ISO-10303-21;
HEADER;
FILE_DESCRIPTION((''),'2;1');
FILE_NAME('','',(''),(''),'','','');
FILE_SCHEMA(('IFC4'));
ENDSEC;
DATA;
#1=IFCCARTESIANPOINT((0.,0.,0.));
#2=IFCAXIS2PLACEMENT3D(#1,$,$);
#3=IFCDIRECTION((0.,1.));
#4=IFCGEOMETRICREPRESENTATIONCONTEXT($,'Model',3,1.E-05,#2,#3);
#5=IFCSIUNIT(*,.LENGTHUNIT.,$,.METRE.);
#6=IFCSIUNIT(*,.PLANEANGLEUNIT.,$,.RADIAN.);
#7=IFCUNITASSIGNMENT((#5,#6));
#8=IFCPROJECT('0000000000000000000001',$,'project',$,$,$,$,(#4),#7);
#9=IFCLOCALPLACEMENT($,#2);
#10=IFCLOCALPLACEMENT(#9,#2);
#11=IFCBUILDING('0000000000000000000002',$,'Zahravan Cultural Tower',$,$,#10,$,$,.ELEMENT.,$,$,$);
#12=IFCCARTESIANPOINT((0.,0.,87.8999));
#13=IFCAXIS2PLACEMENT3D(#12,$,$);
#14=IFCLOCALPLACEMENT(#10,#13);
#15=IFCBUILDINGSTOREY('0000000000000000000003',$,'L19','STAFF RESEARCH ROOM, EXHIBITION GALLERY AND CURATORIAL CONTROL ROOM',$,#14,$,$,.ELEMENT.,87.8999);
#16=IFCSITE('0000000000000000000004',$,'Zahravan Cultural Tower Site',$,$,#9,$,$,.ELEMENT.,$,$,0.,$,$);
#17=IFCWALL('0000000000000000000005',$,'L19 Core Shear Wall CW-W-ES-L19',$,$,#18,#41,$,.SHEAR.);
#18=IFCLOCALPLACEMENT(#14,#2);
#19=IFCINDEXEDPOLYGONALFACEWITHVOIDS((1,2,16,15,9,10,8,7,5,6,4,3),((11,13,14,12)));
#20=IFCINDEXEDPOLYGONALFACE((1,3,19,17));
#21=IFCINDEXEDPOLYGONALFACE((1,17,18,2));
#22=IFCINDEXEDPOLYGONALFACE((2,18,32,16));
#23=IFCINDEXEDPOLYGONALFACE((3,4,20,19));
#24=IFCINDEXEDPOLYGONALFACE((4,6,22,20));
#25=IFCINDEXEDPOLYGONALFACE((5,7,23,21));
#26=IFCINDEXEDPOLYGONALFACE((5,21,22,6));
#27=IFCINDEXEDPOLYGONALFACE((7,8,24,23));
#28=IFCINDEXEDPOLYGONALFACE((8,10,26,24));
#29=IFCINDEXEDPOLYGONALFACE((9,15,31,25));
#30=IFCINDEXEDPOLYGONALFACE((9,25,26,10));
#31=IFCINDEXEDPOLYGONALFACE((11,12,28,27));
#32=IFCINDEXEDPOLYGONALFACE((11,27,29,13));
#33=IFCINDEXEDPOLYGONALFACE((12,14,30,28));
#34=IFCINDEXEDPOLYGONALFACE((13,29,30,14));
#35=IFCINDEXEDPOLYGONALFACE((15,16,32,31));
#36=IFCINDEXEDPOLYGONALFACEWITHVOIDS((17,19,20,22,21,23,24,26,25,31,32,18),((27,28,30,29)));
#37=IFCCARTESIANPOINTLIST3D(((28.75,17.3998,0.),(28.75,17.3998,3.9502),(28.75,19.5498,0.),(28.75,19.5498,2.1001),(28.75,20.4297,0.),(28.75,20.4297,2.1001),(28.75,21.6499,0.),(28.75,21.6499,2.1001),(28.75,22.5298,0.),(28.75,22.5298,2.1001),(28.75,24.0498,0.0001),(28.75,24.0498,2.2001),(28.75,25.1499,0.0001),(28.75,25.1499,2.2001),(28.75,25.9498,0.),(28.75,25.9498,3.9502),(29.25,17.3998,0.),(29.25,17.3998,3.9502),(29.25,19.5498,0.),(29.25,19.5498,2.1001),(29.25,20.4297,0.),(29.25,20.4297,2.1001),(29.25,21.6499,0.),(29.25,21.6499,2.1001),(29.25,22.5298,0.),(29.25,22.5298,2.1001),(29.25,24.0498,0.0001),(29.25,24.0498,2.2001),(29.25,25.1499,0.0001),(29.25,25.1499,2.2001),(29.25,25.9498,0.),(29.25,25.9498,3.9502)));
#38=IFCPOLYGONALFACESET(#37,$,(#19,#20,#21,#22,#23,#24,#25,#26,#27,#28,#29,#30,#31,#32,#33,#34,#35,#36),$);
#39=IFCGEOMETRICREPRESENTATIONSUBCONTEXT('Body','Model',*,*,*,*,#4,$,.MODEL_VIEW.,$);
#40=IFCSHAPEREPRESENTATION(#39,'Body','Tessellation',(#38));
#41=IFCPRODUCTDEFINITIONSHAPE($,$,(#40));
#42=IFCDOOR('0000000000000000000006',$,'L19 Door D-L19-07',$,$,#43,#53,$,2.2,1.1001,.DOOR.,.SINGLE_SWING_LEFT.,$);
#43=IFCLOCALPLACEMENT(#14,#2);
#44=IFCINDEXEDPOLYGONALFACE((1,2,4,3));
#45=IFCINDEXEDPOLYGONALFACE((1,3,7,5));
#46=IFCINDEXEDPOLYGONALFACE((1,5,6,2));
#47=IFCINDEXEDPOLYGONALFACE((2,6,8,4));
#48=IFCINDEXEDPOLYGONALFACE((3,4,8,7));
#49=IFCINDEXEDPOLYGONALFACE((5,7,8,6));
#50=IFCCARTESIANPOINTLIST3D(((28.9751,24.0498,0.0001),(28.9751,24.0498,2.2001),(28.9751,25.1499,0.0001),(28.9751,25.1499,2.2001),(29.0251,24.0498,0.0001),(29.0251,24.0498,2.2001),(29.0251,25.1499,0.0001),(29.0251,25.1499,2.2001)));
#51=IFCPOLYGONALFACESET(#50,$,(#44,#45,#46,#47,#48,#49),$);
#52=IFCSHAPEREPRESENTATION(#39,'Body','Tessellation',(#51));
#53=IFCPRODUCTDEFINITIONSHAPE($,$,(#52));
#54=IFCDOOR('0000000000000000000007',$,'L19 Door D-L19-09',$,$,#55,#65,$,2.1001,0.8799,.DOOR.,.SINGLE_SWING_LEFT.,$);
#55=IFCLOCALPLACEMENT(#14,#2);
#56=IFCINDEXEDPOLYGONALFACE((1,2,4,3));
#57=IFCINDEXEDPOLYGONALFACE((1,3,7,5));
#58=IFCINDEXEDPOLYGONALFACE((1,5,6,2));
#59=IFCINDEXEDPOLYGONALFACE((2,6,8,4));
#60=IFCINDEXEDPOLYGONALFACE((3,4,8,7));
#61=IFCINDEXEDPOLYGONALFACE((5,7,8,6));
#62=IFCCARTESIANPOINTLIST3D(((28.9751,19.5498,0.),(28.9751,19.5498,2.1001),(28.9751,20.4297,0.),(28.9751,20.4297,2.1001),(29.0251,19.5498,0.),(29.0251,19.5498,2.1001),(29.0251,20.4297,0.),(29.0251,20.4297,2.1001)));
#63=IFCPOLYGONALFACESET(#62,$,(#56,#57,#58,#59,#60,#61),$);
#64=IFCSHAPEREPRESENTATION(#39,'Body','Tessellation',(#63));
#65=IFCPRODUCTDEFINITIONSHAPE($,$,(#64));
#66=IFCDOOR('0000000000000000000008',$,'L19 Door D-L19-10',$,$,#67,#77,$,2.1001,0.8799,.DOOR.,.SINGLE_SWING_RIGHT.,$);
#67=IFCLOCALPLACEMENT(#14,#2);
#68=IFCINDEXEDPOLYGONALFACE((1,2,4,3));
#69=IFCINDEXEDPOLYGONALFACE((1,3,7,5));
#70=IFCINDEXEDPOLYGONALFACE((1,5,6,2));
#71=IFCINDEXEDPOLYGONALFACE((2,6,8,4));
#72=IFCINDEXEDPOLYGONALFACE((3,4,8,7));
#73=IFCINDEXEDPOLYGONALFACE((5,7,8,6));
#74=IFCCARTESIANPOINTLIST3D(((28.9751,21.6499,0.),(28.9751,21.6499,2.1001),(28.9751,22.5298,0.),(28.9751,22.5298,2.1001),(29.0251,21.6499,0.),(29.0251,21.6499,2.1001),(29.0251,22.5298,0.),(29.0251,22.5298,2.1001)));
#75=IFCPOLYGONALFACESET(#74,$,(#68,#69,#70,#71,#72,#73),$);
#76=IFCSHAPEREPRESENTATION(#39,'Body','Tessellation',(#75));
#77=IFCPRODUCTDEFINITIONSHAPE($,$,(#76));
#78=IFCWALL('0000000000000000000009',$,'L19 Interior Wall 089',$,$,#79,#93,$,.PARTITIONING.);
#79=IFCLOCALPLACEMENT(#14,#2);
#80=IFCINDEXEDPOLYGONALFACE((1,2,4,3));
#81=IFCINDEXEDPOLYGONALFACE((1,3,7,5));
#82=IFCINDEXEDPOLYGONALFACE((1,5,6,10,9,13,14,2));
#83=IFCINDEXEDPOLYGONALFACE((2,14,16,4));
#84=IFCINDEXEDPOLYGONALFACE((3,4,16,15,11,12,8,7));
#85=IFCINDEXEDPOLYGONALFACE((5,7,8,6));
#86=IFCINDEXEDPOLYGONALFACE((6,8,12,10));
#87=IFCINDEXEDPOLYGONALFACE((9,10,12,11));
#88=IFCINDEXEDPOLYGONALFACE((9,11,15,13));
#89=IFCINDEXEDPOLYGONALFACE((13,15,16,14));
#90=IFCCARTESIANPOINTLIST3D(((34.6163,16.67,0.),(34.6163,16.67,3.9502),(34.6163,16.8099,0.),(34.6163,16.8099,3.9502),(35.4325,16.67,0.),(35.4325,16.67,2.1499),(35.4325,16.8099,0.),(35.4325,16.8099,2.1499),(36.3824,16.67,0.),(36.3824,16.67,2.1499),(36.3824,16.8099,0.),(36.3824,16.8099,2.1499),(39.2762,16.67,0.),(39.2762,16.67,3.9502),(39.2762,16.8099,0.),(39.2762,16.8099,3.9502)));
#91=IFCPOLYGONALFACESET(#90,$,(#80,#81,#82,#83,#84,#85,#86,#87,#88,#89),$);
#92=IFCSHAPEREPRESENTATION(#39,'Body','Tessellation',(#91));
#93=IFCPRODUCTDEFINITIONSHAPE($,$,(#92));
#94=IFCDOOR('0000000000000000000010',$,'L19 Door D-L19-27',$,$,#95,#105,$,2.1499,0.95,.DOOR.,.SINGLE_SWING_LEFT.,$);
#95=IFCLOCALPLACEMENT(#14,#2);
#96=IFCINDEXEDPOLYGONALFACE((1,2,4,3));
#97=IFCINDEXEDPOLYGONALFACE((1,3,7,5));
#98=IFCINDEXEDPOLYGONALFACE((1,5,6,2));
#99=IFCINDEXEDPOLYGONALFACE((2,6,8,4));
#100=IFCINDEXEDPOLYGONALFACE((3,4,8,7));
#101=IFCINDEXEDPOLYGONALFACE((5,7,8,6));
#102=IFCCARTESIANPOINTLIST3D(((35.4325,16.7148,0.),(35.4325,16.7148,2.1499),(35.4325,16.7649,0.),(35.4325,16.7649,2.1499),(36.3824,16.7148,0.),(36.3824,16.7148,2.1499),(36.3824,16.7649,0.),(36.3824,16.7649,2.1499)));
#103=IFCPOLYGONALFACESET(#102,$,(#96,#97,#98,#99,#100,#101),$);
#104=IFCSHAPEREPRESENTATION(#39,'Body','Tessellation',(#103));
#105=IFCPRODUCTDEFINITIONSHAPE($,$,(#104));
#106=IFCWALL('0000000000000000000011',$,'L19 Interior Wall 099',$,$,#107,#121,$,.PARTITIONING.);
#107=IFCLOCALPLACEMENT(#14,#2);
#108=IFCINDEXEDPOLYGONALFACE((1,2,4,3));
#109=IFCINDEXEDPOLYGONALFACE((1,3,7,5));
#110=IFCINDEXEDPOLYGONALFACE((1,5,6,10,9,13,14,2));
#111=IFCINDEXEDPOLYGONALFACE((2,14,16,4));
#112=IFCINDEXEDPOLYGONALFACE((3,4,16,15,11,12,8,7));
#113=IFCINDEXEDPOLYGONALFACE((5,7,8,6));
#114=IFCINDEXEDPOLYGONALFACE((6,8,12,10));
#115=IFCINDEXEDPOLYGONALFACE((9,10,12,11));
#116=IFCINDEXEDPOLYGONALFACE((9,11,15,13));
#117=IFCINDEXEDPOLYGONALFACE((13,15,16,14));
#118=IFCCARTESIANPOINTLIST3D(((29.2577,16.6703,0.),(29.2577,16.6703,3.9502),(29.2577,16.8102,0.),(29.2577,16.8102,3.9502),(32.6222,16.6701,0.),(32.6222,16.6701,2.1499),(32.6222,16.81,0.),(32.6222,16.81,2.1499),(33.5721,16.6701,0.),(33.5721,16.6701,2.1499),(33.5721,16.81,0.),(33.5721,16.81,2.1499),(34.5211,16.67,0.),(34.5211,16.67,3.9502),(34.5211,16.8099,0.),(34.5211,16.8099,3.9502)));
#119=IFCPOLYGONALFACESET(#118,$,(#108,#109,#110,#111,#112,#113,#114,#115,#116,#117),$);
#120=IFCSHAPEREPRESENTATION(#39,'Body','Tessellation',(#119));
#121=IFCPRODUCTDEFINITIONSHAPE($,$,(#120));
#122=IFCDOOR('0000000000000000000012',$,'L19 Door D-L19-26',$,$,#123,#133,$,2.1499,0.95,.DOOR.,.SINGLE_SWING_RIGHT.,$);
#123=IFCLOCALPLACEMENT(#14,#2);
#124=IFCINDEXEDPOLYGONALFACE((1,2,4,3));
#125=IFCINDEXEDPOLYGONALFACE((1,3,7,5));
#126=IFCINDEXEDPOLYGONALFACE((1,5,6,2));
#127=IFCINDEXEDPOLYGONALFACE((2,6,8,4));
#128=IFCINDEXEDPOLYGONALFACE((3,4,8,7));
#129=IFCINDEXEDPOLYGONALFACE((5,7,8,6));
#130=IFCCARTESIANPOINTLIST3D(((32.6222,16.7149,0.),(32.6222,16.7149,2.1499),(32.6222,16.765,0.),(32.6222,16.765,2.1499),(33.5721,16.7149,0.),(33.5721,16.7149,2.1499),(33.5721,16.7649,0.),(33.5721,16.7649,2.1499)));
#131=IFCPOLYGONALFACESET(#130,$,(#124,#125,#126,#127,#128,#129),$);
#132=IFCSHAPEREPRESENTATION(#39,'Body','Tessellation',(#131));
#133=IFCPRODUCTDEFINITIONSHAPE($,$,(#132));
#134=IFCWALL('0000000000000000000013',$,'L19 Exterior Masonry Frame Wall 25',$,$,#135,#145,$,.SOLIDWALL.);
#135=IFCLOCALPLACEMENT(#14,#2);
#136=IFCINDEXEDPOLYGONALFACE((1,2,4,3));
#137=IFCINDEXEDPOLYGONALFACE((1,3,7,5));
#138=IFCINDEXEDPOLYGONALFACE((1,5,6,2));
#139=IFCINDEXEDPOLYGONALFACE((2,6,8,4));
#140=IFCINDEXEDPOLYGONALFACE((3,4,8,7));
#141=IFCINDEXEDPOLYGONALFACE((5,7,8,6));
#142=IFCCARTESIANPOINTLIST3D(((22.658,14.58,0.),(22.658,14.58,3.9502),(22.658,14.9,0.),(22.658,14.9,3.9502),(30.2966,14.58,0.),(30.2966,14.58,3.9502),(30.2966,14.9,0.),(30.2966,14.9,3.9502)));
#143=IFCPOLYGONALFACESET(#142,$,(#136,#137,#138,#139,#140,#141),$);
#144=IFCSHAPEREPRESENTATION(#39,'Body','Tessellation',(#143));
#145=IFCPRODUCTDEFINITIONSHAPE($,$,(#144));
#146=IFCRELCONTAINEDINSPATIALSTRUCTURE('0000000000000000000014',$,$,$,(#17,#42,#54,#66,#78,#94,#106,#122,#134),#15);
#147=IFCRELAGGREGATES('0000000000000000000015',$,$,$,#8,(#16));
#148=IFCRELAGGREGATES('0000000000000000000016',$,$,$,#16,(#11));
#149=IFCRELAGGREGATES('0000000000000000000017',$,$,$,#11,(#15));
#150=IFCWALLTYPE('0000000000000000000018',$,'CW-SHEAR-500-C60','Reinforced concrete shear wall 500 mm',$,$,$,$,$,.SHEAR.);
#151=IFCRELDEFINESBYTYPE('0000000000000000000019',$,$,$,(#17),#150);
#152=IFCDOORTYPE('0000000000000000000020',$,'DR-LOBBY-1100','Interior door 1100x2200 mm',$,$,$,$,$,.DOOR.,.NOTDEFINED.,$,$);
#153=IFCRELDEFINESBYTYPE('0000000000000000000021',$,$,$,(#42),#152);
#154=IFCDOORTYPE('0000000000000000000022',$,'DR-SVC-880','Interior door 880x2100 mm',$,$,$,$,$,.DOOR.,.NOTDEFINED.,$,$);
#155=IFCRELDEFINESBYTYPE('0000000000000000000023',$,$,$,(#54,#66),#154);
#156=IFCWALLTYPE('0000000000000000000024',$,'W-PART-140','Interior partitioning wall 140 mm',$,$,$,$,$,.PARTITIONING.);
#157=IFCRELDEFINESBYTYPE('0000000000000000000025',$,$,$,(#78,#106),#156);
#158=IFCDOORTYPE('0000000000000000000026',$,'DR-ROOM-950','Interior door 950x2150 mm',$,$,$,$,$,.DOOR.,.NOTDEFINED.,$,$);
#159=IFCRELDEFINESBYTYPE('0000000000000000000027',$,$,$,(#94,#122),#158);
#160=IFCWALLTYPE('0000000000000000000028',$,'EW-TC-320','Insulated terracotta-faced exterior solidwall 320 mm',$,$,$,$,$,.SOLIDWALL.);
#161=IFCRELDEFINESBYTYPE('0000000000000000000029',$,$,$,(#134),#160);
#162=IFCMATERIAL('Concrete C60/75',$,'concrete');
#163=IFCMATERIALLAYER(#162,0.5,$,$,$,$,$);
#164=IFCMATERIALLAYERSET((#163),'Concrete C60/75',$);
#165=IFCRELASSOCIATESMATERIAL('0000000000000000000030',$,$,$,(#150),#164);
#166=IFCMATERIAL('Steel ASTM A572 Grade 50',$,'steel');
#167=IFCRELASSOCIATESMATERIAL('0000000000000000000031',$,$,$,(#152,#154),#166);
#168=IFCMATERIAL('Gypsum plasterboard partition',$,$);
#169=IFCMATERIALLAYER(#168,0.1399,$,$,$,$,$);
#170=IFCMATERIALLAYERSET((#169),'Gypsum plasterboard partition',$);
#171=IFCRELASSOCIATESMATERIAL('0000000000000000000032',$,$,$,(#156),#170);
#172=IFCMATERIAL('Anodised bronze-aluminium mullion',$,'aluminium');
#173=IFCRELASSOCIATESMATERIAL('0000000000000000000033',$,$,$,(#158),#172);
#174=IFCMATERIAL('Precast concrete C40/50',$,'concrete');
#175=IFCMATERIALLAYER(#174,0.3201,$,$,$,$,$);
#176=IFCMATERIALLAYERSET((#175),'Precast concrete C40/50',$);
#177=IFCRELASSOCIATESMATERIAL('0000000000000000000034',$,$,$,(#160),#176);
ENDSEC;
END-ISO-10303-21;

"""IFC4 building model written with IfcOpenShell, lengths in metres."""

from ifc_helpers import new_model, si_unit, direction, frame, frame_2d, origin, place, context, subcontext, project, spatial, rectangle, extrude, source, transform, mapped, material, layer, layer_set, type_object, element, fill, save


model = new_model("IFC4")

# Units and contexts
model_context = context("Model", 3, precision=1e-05, world=origin(), true_north=direction((0.0, 1.0)))
body_context = subcontext(model_context, "Body", "Model", "MODEL_VIEW")
ifc_project = project(units=[si_unit("LENGTHUNIT", "METRE"), si_unit("PLANEANGLEUNIT", "RADIAN")], contexts=[model_context])

# Site, building, storey
site_placement = place(None, origin())
site = spatial("IfcSite", under=ifc_project, at=site_placement, Name="Zahravan Cultural Tower Site", CompositionType="ELEMENT", RefElevation=0.0)
building_placement = place(site_placement, origin())
building = spatial("IfcBuilding", under=site, at=building_placement, Name="Zahravan Cultural Tower", CompositionType="ELEMENT")
storey_placement = place(building_placement, frame((0.0, 0.0, 87.8999)))
storey = spatial("IfcBuildingStorey", under=building, at=storey_placement, Name="L19", Description="STAFF RESEARCH ROOM, EXHIBITION GALLERY AND CURATORIAL CONTROL ROOM", CompositionType="ELEMENT", Elevation=87.8999)

# Shared definitions
ifc_material_1 = material(Name="Anodised bronze-aluminium mullion", Category="aluminium")

# Wall, openings, doors
ifc_material_2 = material(Name="Concrete C60/75", Category="concrete")
ifc_layer_1 = layer(ifc_material_2, 0.5)
ifc_layer_set_1 = layer_set([ifc_layer_1], Name="Concrete C60/75")
wall_type_1 = type_object("IfcWallType", Name="CW-SHEAR-500-C60", Description="Reinforced concrete shear wall 500 mm", PredefinedType="SHEAR", material=ifc_layer_set_1)
wall_1_placement = place(storey_placement, frame((29.0, 17.3999, 0.0), z_axis=(0.0, 0.0, 1.0), x_axis=(0.0, 1.0, 0.0)))
wall_1 = element("IfcWall", 1, at=wall_1_placement, inside=storey, type_object=wall_type_1, Name="L19 Core Shear Wall CW-W-ES-L19", PredefinedType="SHEAR", context=body_context, shape_type="SweptSolid", body=[
    extrude(rectangle(XDim=8.55, YDim=0.5, at=frame_2d((4.2749, 0.0))), origin(), (0.0, 0.0, 1.0), 3.9502),
])
opening_1_placement = place(wall_1_placement, frame((6.6499, 0.0, 0.0)))
opening_1 = element("IfcOpeningElement", 2, at=opening_1_placement, cuts=wall_1, PredefinedType="OPENING", context=body_context, shape_type="SweptSolid", body=[
    extrude(rectangle(XDim=1.1001, YDim=2.2, at=frame_2d((0.55, 1.1001))), frame((0.0, 0.26, 0.0), z_axis=(0.0, -1.0, 0.0), x_axis=(1.0, 0.0, 0.0)), (0.0, 0.0, 1.0), 0.52),
])
opening_2_placement = place(wall_1_placement, frame((2.1499, 0.0, 0.0)))
opening_2 = element("IfcOpeningElement", 3, at=opening_2_placement, cuts=wall_1, PredefinedType="OPENING", context=body_context, shape_type="SweptSolid", body=[
    extrude(rectangle(XDim=0.8799, YDim=2.1001, at=frame_2d((0.4399, 1.05))), frame((0.0, 0.26, 0.0), z_axis=(0.0, -1.0, 0.0), x_axis=(1.0, 0.0, 0.0)), (0.0, 0.0, 1.0), 0.52),
])
opening_3_placement = place(wall_1_placement, frame((4.25, 0.0, 0.0)))
opening_3 = element("IfcOpeningElement", 4, at=opening_3_placement, cuts=wall_1, PredefinedType="OPENING", context=body_context, shape_type="SweptSolid", body=[
    extrude(rectangle(XDim=0.8799, YDim=2.1001, at=frame_2d((0.4399, 1.05))), frame((0.0, 0.26, 0.0), z_axis=(0.0, -1.0, 0.0), x_axis=(1.0, 0.0, 0.0)), (0.0, 0.0, 1.0), 0.52),
])
ifc_material_3 = material(Name="Steel ASTM A572 Grade 50", Category="steel")
door_type_1 = type_object("IfcDoorType", Name="DR-LOBBY-1100", Description="Interior door 1100x2200 mm", OperationType="NOTDEFINED", PredefinedType="DOOR", material=ifc_material_3)
shared_shape_1 = source(origin(), body_context, "Body", "SweptSolid", [
    extrude(rectangle(XDim=1.1001, YDim=2.2, at=frame_2d((0.55, 1.1001))), frame((0.0, 0.0249, 0.0), z_axis=(0.0, -1.0, 0.0), x_axis=(1.0, 0.0, 0.0)), (0.0, 0.0, 1.0), 0.05),
])
door_1_placement = place(opening_1_placement, origin())
door_1 = element("IfcDoor", 5, at=door_1_placement, inside=storey, type_object=door_type_1, Name="L19 Door D-L19-07", OperationType="SINGLE_SWING_LEFT", OverallHeight=2.2, OverallWidth=1.1001, PredefinedType="DOOR", context=body_context, shape_type="MappedRepresentation", body=[
    mapped(shared_shape_1, transform((0.0, 0.0, 0.0), x_axis=(1.0, 0.0, 0.0), y_axis=(0.0, 1.0, 0.0), z_axis=(0.0, 0.0, 1.0), scale=1.0)),
])
fill(opening_1, door_1)
door_type_2 = type_object("IfcDoorType", Name="DR-SVC-880", Description="Interior door 880x2100 mm", OperationType="NOTDEFINED", PredefinedType="DOOR", material=ifc_material_3)
shared_shape_2 = source(origin(), body_context, "Body", "SweptSolid", [
    extrude(rectangle(XDim=0.8799, YDim=2.1001, at=frame_2d((0.4399, 1.05))), frame((0.0, 0.0249, 0.0), z_axis=(0.0, -1.0, 0.0), x_axis=(1.0, 0.0, 0.0)), (0.0, 0.0, 1.0), 0.05),
])
door_2_placement = place(opening_2_placement, origin())
door_2 = element("IfcDoor", 6, at=door_2_placement, inside=storey, type_object=door_type_2, Name="L19 Door D-L19-09", OperationType="SINGLE_SWING_LEFT", OverallHeight=2.1001, OverallWidth=0.8799, PredefinedType="DOOR", context=body_context, shape_type="MappedRepresentation", body=[
    mapped(shared_shape_2, transform((0.0, 0.0, 0.0), x_axis=(1.0, 0.0, 0.0), y_axis=(0.0, 1.0, 0.0), z_axis=(0.0, 0.0, 1.0), scale=1.0)),
])
fill(opening_2, door_2)
door_3_placement = place(opening_3_placement, origin())
door_3 = element("IfcDoor", 7, at=door_3_placement, inside=storey, type_object=door_type_2, Name="L19 Door D-L19-10", OperationType="SINGLE_SWING_RIGHT", OverallHeight=2.1001, OverallWidth=0.8799, PredefinedType="DOOR", context=body_context, shape_type="MappedRepresentation", body=[
    mapped(shared_shape_2, transform((0.0, 0.0, 0.0), x_axis=(1.0, 0.0, 0.0), y_axis=(0.0, 1.0, 0.0), z_axis=(0.0, 0.0, 1.0), scale=1.0)),
])
fill(opening_3, door_3)

# Walls, openings, doors
ifc_material_4 = material(Name="Gypsum plasterboard partition")
ifc_layer_2 = layer(ifc_material_4, 0.1399)
ifc_layer_set_2 = layer_set([ifc_layer_2], Name="Gypsum plasterboard partition")
wall_type_2 = type_object("IfcWallType", Name="W-PART-140", Description="Interior partitioning wall 140 mm", PredefinedType="PARTITIONING", material=ifc_layer_set_2)
wall_2_placement = place(storey_placement, frame((34.6162, 16.74, 0.0), z_axis=(0.0, 0.0, 1.0), x_axis=(1.0, 0.0, 0.0)))
wall_2 = element("IfcWall", 8, at=wall_2_placement, inside=storey, type_object=wall_type_2, Name="L19 Interior Wall 089", PredefinedType="PARTITIONING", context=body_context, shape_type="SweptSolid", body=[
    extrude(rectangle(XDim=4.6599, YDim=0.1399, at=frame_2d((2.3301, 0.0))), origin(), (0.0, 0.0, 1.0), 3.9502),
])
opening_4_placement = place(wall_2_placement, frame((0.8162, 0.0, 0.0)))
opening_4 = element("IfcOpeningElement", 9, at=opening_4_placement, cuts=wall_2, PredefinedType="OPENING", context=body_context, shape_type="SweptSolid", body=[
    extrude(rectangle(XDim=0.95, YDim=2.1499, at=frame_2d((0.4751, 1.075))), frame((0.0, 0.0798, 0.0), z_axis=(0.0, -1.0, 0.0), x_axis=(1.0, 0.0, 0.0)), (0.0, 0.0, 1.0), 0.1599),
])
door_type_3 = type_object("IfcDoorType", Name="DR-ROOM-950", Description="Interior door 950x2150 mm", OperationType="NOTDEFINED", PredefinedType="DOOR", material=ifc_material_1)
shared_shape_3 = source(origin(), body_context, "Body", "SweptSolid", [
    extrude(rectangle(XDim=0.95, YDim=2.1499, at=frame_2d((0.4751, 1.075))), frame((0.0, 0.0249, 0.0), z_axis=(0.0, -1.0, 0.0), x_axis=(1.0, 0.0, 0.0)), (0.0, 0.0, 1.0), 0.05),
])
door_4_placement = place(opening_4_placement, origin())
door_4 = element("IfcDoor", 10, at=door_4_placement, inside=storey, type_object=door_type_3, Name="L19 Door D-L19-27", OperationType="SINGLE_SWING_LEFT", OverallHeight=2.1499, OverallWidth=0.95, PredefinedType="DOOR", context=body_context, shape_type="MappedRepresentation", body=[
    mapped(shared_shape_3, transform((0.0, 0.0, 0.0), x_axis=(1.0, 0.0, 0.0), y_axis=(0.0, 1.0, 0.0), z_axis=(0.0, 0.0, 1.0), scale=1.0)),
])
fill(opening_4, door_4)
wall_3_placement = place(storey_placement, frame((29.2576, 16.7402, 0.0), z_axis=(0.0, 0.0, 1.0), x_axis=(1.0, -0.000046, 0.0)))
wall_3 = element("IfcWall", 11, at=wall_3_placement, inside=storey, type_object=wall_type_2, Name="L19 Interior Wall 099", PredefinedType="PARTITIONING", context=body_context, shape_type="SweptSolid", body=[
    extrude(rectangle(XDim=5.2634, YDim=0.1399, at=frame_2d((2.6318, 0.0))), origin(), (0.0, 0.0, 1.0), 3.9502),
])
opening_5_placement = place(wall_3_placement, frame((3.3645, 0.0, 0.0)))
opening_5 = element("IfcOpeningElement", 12, at=opening_5_placement, cuts=wall_3, PredefinedType="OPENING", context=body_context, shape_type="SweptSolid", body=[
    extrude(rectangle(XDim=0.95, YDim=2.1499, at=frame_2d((0.4751, 1.075))), frame((0.0, 0.0798, 0.0), z_axis=(0.0, -1.0, 0.0), x_axis=(1.0, 0.0, 0.0)), (0.0, 0.0, 1.0), 0.1599),
])
door_5_placement = place(opening_5_placement, origin())
door_5 = element("IfcDoor", 13, at=door_5_placement, inside=storey, type_object=door_type_3, Name="L19 Door D-L19-26", OperationType="SINGLE_SWING_RIGHT", OverallHeight=2.1499, OverallWidth=0.95, PredefinedType="DOOR", context=body_context, shape_type="MappedRepresentation", body=[
    mapped(shared_shape_3, transform((0.0, 0.0, 0.0), x_axis=(1.0, 0.0, 0.0), y_axis=(0.0, 1.0, 0.0), z_axis=(0.0, 0.0, 1.0), scale=1.0)),
])
fill(opening_5, door_5)

# Wall
ifc_material_5 = material(Name="Precast concrete C40/50", Category="concrete")
ifc_layer_3 = layer(ifc_material_5, 0.3201)
ifc_layer_set_3 = layer_set([ifc_layer_3], Name="Precast concrete C40/50")
wall_type_3 = type_object("IfcWallType", Name="EW-TC-320", Description="Insulated terracotta-faced exterior solidwall 320 mm", PredefinedType="SOLIDWALL", material=ifc_layer_set_3)
shared_shape_4 = source(origin(), body_context, "Body", "SweptSolid", [
    extrude(rectangle(XDim=7.6387, YDim=0.3201, at=frame_2d((3.8193, 0.0))), origin(), (0.0, 0.0, 1.0), 3.9502),
])
wall_4_placement = place(storey_placement, frame((30.2966, 14.74, 0.0), z_axis=(0.0, 0.0, 1.0), x_axis=(-1.0, 0.0, 0.0)))
element("IfcWall", 14, at=wall_4_placement, inside=storey, type_object=wall_type_3, Name="L19 Exterior Masonry Frame Wall 25", PredefinedType="SOLIDWALL", context=body_context, shape_type="MappedRepresentation", body=[
    mapped(shared_shape_4, transform((0.0, 0.0, 0.0), x_axis=(1.0, 0.0, 0.0), y_axis=(0.0, 1.0, 0.0), z_axis=(0.0, 0.0, 1.0), scale=1.0)),
])

save(model, "model.ifc")
